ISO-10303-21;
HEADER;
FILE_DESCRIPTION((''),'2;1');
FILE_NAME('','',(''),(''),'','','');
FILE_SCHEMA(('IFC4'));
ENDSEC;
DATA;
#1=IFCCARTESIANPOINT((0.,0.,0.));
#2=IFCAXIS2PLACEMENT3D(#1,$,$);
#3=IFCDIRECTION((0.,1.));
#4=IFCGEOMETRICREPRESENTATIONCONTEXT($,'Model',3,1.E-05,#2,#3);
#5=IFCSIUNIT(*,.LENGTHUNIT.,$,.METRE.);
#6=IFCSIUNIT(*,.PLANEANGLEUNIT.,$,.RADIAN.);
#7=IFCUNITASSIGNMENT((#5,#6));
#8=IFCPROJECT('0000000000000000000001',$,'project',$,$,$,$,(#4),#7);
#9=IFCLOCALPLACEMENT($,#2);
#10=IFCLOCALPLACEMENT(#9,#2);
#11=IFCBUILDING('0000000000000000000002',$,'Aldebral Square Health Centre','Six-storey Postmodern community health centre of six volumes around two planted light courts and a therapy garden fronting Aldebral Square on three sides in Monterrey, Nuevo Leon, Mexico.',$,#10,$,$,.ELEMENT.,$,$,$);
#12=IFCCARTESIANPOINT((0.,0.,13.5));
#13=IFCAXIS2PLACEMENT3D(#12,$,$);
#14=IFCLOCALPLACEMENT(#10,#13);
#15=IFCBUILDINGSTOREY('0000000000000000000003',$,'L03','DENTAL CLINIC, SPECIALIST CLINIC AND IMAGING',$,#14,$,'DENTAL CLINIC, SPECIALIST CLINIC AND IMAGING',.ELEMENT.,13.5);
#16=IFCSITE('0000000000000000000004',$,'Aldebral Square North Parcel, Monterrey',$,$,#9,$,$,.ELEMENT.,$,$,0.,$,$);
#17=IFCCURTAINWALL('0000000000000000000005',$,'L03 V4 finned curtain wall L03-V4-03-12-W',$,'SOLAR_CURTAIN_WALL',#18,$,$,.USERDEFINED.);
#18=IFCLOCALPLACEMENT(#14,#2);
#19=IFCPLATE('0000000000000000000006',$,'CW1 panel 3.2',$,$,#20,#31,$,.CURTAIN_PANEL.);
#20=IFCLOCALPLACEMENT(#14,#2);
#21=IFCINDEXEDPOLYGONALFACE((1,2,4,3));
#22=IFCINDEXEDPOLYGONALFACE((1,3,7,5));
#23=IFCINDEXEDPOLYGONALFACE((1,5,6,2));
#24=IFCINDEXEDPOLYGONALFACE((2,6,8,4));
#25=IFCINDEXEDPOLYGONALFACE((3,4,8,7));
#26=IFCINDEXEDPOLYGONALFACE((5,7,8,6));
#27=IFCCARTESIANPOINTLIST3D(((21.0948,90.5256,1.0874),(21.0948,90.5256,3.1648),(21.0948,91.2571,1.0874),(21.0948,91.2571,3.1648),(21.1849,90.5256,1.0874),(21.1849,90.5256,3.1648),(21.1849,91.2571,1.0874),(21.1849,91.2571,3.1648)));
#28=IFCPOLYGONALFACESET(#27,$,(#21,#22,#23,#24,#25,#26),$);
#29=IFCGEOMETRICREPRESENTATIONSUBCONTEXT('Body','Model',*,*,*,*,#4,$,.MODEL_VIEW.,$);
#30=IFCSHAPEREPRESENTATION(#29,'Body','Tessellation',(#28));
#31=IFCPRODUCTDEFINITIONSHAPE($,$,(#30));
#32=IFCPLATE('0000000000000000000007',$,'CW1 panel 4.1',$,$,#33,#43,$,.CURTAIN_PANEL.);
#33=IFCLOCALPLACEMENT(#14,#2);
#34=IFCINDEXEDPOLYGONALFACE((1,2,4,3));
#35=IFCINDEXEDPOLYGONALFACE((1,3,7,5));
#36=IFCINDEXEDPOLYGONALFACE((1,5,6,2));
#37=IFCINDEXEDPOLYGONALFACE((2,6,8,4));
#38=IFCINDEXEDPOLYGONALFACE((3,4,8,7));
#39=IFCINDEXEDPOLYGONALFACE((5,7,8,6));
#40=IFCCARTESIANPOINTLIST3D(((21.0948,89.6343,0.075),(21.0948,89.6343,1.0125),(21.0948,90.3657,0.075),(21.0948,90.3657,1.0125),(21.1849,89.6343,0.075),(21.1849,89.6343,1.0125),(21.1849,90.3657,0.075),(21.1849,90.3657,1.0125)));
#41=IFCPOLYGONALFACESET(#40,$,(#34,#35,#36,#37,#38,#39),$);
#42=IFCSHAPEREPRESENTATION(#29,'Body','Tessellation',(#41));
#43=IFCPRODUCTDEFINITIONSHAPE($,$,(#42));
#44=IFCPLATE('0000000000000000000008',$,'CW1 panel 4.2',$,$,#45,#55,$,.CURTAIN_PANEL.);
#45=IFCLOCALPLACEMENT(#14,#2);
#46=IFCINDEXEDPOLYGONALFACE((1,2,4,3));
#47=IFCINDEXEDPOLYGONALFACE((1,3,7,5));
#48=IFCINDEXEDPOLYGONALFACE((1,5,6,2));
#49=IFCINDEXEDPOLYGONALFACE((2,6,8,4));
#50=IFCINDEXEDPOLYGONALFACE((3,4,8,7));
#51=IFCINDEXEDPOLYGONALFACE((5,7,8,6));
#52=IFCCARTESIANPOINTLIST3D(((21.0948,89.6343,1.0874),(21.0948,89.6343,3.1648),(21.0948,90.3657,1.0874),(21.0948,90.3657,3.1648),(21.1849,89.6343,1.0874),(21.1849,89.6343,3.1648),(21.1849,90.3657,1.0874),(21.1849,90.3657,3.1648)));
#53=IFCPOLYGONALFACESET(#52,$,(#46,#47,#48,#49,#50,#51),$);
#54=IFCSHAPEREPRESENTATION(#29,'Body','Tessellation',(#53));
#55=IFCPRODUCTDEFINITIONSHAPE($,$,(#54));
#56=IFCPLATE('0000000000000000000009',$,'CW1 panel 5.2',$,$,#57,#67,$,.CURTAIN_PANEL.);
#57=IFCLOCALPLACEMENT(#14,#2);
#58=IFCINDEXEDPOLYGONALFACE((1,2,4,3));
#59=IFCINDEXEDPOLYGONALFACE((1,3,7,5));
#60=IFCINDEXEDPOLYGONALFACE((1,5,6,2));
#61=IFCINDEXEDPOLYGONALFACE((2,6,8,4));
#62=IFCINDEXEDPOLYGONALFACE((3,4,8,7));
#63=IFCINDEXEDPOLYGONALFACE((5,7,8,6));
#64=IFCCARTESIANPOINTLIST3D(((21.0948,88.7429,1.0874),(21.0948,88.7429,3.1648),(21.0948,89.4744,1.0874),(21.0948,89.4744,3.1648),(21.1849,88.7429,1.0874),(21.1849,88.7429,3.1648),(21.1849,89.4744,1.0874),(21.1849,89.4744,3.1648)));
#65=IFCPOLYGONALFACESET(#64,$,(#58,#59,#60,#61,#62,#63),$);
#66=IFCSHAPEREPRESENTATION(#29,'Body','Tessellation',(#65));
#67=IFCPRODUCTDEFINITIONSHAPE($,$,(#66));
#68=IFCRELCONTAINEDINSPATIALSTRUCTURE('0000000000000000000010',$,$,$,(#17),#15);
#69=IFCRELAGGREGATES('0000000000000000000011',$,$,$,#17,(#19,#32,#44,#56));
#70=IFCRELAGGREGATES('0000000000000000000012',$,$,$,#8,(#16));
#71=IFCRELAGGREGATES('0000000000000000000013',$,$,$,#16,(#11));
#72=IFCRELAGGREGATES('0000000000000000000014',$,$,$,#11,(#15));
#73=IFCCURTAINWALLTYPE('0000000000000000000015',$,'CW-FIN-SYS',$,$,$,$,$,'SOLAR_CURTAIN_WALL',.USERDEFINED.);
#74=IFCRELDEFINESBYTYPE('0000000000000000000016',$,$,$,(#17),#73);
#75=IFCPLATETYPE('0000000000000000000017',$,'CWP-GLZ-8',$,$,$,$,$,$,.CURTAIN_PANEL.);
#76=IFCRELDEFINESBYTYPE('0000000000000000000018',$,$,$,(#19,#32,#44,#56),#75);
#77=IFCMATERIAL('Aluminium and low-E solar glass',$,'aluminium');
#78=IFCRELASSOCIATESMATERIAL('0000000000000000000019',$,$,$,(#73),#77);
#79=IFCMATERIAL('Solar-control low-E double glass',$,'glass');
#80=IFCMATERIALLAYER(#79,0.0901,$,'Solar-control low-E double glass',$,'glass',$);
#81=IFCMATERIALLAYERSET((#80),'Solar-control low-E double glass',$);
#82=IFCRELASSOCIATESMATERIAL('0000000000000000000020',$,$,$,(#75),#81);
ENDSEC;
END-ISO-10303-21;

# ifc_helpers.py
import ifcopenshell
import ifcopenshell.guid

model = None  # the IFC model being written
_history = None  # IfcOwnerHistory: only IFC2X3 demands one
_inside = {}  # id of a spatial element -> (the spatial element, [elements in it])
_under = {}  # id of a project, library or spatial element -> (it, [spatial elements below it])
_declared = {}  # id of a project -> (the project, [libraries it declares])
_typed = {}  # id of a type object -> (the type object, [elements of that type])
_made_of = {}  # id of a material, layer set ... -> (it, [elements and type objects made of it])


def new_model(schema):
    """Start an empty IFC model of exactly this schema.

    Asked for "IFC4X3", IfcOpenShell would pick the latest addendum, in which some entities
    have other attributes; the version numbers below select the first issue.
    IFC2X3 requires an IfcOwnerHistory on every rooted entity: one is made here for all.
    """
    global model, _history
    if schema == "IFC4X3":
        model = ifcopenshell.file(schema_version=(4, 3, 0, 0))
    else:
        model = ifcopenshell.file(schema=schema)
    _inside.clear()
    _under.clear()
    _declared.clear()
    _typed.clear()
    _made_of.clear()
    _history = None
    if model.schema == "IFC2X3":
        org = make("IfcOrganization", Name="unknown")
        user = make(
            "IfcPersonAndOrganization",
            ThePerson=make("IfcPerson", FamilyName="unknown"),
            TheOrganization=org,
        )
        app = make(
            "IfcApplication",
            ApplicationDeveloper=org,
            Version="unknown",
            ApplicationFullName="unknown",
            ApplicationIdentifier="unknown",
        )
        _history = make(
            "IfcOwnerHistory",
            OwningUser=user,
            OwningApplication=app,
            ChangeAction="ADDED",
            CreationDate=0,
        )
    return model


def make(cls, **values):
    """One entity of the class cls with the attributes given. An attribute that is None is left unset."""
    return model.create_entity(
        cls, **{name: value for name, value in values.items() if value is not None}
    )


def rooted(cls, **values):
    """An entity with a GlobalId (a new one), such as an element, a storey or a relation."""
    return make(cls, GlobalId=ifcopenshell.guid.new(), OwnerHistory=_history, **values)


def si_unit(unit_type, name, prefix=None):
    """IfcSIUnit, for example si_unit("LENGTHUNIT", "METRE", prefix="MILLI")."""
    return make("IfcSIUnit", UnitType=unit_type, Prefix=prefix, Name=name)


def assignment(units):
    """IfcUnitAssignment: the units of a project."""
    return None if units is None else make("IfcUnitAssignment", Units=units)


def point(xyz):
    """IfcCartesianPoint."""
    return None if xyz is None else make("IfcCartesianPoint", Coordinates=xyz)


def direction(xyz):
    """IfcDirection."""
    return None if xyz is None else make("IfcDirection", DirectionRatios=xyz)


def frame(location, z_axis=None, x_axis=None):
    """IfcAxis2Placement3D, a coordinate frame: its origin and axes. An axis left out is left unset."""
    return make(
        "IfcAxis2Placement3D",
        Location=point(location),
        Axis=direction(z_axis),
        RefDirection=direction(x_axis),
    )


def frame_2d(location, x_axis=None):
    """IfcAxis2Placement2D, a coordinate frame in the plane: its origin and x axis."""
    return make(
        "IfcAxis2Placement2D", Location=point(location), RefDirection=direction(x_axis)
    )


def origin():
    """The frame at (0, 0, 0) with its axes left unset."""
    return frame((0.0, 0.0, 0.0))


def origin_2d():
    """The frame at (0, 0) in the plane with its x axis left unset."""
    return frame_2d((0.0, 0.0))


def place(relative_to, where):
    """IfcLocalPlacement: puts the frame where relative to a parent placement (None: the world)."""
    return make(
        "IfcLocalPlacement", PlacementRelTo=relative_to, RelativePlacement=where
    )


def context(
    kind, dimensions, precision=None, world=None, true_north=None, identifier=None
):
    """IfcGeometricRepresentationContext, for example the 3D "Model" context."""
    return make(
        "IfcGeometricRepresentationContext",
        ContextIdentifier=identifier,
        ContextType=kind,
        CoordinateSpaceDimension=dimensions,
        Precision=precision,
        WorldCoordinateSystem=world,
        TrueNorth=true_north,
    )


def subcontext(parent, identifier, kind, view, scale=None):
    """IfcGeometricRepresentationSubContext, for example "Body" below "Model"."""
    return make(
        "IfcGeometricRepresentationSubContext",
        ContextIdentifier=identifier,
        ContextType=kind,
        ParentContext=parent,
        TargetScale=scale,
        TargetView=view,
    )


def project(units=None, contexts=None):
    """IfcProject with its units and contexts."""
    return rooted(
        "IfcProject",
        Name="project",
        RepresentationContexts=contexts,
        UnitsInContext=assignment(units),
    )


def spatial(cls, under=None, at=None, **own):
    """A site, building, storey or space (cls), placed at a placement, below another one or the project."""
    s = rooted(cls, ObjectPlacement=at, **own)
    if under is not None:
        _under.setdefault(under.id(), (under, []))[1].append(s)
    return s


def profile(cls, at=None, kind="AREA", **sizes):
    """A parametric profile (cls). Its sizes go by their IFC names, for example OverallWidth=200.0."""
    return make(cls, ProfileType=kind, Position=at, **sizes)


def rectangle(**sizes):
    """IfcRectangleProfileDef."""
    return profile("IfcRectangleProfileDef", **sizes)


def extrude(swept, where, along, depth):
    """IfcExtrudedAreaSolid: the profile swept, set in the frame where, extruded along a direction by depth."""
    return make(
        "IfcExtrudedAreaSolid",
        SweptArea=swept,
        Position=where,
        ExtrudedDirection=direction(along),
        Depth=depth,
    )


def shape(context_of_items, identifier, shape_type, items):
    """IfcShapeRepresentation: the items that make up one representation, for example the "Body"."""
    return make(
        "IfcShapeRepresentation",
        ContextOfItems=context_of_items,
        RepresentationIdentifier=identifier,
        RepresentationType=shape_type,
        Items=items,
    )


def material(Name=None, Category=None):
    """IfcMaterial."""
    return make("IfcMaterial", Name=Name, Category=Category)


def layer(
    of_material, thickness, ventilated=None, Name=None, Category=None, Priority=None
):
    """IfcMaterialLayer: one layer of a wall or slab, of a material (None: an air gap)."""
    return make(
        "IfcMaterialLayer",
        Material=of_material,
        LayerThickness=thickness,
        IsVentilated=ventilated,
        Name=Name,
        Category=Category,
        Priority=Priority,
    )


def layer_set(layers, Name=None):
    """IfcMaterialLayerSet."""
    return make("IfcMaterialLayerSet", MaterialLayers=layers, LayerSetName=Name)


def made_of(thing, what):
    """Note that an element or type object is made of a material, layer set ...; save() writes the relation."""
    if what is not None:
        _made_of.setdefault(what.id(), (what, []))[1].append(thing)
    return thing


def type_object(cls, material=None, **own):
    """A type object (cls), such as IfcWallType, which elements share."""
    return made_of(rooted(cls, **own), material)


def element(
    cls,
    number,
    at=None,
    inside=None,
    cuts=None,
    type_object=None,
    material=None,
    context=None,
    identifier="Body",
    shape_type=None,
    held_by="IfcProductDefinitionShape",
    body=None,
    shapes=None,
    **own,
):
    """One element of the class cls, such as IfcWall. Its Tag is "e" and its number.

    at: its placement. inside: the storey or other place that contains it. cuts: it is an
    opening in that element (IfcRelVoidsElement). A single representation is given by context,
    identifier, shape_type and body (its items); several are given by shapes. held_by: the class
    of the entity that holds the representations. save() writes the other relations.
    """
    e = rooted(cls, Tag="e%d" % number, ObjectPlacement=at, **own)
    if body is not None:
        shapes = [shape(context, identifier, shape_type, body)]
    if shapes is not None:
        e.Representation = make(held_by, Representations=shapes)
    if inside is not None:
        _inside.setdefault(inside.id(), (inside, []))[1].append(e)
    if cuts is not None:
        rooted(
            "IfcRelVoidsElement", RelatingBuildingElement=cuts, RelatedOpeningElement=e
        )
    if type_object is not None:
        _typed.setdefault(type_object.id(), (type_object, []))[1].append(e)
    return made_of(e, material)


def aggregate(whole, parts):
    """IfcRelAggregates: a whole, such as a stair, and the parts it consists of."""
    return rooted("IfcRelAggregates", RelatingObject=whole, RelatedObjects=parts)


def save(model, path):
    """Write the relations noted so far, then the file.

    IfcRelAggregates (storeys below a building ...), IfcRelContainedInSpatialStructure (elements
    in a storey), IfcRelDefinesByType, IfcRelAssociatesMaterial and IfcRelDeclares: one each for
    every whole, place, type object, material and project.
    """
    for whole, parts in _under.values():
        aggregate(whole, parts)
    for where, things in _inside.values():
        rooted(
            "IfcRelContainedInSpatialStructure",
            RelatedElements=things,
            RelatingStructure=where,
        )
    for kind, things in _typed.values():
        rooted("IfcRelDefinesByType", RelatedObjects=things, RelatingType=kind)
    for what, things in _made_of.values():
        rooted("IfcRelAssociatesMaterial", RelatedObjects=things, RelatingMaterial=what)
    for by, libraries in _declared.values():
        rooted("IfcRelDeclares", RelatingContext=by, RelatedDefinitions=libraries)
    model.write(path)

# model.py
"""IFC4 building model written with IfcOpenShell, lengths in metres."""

from ifc_helpers import new_model, si_unit, direction, frame, origin, origin_2d, place, context, subcontext, project, spatial, rectangle, extrude, material, layer, layer_set, type_object, element, aggregate, save


model = new_model("IFC4")

# Units and contexts
model_context = context("Model", 3, precision=1e-05, world=origin(), true_north=direction((0.0, 1.0)))
body_context = subcontext(model_context, "Body", "Model", "MODEL_VIEW")
ifc_project = project(units=[si_unit("LENGTHUNIT", "METRE"), si_unit("PLANEANGLEUNIT", "RADIAN")], contexts=[model_context])

# Site, building, storey
site_placement = place(None, origin())
site = spatial("IfcSite", under=ifc_project, at=site_placement, Name="Aldebral Square North Parcel, Monterrey", CompositionType="ELEMENT", RefElevation=0.0)
building_placement = place(site_placement, origin())
building = spatial("IfcBuilding", under=site, at=building_placement, Name="Aldebral Square Health Centre", Description="Six-storey Postmodern community health centre of six volumes around two planted light courts and a therapy garden fronting Aldebral Square on three sides in Monterrey, Nuevo Leon, Mexico.", CompositionType="ELEMENT")
storey_placement = place(building_placement, frame((0.0, 0.0, 13.5)))
storey = spatial("IfcBuildingStorey", under=building, at=storey_placement, Name="L03", Description="DENTAL CLINIC, SPECIALIST CLINIC AND IMAGING", LongName="DENTAL CLINIC, SPECIALIST CLINIC AND IMAGING", CompositionType="ELEMENT", Elevation=13.5)

# Curtain wall, plates
ifc_material_1 = material(Name="Aluminium and low-E solar glass", Category="aluminium")
curtain_wall_type = type_object("IfcCurtainWallType", Name="CW-FIN-SYS", ElementType="SOLAR_CURTAIN_WALL", PredefinedType="USERDEFINED", material=ifc_material_1)
curtain_wall_placement = place(storey_placement, origin())
curtain_wall = element("IfcCurtainWall", 1, at=curtain_wall_placement, inside=storey, type_object=curtain_wall_type, Name="L03 V4 finned curtain wall L03-V4-03-12-W", ObjectType="SOLAR_CURTAIN_WALL", PredefinedType="USERDEFINED")
ifc_material_2 = material(Name="Solar-control low-E double glass", Category="glass")
ifc_layer = layer(ifc_material_2, 0.0901, Name="Solar-control low-E double glass", Category="glass")
ifc_layer_set = layer_set([ifc_layer], Name="Solar-control low-E double glass")
plate_type = type_object("IfcPlateType", Name="CWP-GLZ-8", PredefinedType="CURTAIN_PANEL", material=ifc_layer_set)
plate_1_placement = place(storey_placement, frame((21.1399, 90.8914, 1.0874), z_axis=(0.0, 0.0, 1.0), x_axis=(0.0, -1.0, 0.0)))
plate_1 = element("IfcPlate", 2, at=plate_1_placement, type_object=plate_type, Name="CW1 panel 3.2", PredefinedType="CURTAIN_PANEL", context=body_context, shape_type="SweptSolid", body=[
    extrude(rectangle(XDim=0.7314, YDim=0.0901, at=origin_2d()), origin(), (0.0, 0.0, 1.0), 2.0774),
])
plate_2_placement = place(storey_placement, frame((21.1399, 90.0, 0.075), z_axis=(0.0, 0.0, 1.0), x_axis=(0.0, -1.0, 0.0)))
plate_2 = element("IfcPlate", 3, at=plate_2_placement, type_object=plate_type, Name="CW1 panel 4.1", PredefinedType="CURTAIN_PANEL", context=body_context, shape_type="SweptSolid", body=[
    extrude(rectangle(XDim=0.7314, YDim=0.0901, at=origin_2d()), origin(), (0.0, 0.0, 1.0), 0.9375),
])
plate_3_placement = place(storey_placement, frame((21.1399, 90.0, 1.0874), z_axis=(0.0, 0.0, 1.0), x_axis=(0.0, -1.0, 0.0)))
plate_3 = element("IfcPlate", 4, at=plate_3_placement, type_object=plate_type, Name="CW1 panel 4.2", PredefinedType="CURTAIN_PANEL", context=body_context, shape_type="SweptSolid", body=[
    extrude(rectangle(XDim=0.7314, YDim=0.0901, at=origin_2d()), origin(), (0.0, 0.0, 1.0), 2.0774),
])
plate_4_placement = place(storey_placement, frame((21.1399, 89.1086, 1.0874), z_axis=(0.0, 0.0, 1.0), x_axis=(0.0, -1.0, 0.0)))
plate_4 = element("IfcPlate", 5, at=plate_4_placement, type_object=plate_type, Name="CW1 panel 5.2", PredefinedType="CURTAIN_PANEL", context=body_context, shape_type="SweptSolid", body=[
    extrude(rectangle(XDim=0.7314, YDim=0.0901, at=origin_2d()), origin(), (0.0, 0.0, 1.0), 2.0774),
])
aggregate(curtain_wall, [plate_1, plate_2, plate_3, plate_4])

save(model, "model.ifc")
